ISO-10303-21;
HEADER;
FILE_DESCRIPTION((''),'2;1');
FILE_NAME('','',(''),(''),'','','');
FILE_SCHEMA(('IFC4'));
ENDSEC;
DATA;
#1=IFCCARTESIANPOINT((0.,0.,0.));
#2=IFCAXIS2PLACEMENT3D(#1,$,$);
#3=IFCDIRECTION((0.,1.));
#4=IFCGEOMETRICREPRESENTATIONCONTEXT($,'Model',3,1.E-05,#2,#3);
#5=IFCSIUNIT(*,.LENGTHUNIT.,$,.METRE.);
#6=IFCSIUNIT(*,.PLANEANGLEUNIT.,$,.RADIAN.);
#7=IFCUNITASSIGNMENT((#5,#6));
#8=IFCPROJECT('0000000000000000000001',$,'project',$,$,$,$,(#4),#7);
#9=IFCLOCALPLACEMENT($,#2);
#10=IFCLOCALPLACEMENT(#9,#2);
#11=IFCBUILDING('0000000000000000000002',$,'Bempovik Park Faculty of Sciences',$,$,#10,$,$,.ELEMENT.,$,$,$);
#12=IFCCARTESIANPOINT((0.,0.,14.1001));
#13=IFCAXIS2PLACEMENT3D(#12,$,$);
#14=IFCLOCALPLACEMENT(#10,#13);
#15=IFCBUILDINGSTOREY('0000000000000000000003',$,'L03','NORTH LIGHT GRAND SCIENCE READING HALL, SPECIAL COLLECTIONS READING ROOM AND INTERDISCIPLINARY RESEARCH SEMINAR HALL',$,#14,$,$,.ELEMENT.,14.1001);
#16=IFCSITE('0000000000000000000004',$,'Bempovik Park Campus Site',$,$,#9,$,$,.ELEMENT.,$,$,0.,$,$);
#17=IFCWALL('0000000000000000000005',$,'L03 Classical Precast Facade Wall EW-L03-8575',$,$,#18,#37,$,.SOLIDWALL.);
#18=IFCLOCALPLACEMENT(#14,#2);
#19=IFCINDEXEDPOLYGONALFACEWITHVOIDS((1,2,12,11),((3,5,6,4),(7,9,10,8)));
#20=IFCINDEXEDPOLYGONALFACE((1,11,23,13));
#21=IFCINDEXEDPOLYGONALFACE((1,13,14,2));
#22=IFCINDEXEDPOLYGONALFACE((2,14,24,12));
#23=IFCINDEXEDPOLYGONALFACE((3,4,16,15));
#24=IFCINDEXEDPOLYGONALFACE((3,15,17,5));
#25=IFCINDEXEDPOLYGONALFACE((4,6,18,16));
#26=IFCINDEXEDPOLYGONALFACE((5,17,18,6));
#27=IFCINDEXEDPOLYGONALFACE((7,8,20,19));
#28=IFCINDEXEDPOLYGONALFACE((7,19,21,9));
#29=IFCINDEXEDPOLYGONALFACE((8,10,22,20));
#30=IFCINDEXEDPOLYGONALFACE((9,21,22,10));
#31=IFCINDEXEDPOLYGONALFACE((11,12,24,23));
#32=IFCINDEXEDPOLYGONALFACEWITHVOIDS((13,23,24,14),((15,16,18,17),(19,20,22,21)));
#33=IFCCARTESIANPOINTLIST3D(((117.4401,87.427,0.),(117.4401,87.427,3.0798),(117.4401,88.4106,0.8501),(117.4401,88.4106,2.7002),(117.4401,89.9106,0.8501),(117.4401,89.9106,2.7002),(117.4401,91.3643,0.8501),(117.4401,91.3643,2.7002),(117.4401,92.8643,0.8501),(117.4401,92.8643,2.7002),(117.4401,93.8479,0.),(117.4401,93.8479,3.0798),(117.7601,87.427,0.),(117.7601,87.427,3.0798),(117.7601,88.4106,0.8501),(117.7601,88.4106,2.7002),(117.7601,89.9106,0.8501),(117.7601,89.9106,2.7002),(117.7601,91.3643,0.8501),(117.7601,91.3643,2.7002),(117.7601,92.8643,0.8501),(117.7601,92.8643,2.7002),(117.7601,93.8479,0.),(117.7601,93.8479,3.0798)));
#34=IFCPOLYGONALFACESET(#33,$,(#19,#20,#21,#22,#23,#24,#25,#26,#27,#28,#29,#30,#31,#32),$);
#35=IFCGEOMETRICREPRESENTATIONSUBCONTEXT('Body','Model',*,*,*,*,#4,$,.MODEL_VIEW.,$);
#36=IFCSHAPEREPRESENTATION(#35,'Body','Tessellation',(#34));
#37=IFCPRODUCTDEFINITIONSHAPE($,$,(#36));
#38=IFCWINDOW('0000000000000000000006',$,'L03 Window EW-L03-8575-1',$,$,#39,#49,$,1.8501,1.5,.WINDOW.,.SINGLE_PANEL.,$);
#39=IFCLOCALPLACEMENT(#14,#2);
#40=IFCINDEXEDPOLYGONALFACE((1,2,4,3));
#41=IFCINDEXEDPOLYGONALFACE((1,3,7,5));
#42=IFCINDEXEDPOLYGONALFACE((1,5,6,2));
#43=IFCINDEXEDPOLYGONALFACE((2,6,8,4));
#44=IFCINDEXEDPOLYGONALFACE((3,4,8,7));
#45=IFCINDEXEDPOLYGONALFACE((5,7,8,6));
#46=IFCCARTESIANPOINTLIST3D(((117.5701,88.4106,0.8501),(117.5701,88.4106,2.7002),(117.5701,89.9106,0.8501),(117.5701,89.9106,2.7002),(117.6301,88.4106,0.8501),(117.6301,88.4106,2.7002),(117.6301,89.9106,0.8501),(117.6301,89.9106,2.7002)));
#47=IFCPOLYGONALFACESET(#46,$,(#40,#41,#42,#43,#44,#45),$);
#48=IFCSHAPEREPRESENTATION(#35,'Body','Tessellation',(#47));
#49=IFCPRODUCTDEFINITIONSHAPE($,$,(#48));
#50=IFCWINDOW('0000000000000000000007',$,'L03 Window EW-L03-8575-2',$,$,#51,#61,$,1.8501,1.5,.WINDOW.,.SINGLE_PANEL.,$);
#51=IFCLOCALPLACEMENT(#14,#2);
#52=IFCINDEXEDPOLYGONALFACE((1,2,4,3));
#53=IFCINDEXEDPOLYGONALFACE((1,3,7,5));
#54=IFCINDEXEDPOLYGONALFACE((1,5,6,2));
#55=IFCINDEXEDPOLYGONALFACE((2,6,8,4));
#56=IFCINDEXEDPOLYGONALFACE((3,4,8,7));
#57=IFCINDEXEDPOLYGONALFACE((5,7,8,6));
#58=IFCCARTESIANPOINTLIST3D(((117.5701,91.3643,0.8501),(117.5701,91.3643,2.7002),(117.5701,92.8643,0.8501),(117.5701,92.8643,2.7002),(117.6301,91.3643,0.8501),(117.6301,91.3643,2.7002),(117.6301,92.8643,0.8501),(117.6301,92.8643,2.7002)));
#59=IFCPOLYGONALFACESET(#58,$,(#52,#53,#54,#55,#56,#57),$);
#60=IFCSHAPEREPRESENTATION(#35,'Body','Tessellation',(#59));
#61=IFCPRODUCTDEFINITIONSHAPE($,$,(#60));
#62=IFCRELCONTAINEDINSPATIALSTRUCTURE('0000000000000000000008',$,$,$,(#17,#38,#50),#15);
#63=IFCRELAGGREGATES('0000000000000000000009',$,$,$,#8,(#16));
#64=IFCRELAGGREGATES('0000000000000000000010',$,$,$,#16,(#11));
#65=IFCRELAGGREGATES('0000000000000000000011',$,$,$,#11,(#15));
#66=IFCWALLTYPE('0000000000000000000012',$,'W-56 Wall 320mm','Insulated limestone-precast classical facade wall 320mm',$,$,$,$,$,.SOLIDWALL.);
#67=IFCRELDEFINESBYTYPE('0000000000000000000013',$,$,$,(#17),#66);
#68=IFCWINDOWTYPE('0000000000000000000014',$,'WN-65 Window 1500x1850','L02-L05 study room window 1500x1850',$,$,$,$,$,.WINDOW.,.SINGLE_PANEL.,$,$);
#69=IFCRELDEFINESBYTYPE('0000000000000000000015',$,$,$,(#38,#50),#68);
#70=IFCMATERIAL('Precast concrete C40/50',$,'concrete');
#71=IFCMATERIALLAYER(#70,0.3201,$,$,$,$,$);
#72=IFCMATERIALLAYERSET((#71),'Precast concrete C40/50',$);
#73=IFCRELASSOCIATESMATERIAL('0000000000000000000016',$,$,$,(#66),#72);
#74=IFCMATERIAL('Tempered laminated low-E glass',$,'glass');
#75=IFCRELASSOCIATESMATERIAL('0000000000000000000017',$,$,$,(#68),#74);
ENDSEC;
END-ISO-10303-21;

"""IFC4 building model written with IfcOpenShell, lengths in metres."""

from ifc_helpers import new_model, si_unit, direction, frame, frame_2d, origin, place, context, subcontext, project, spatial, rectangle, extrude, material, layer, layer_set, type_object, element, fill, save


model = new_model("IFC4")

# Units and contexts
model_context = context("Model", 3, precision=1e-05, world=origin(), true_north=direction((0.0, 1.0)))
body_context = subcontext(model_context, "Body", "Model", "MODEL_VIEW")
ifc_project = project(units=[si_unit("LENGTHUNIT", "METRE"), si_unit("PLANEANGLEUNIT", "RADIAN")], contexts=[model_context])

# Site, building, storey
site_placement = place(None, origin())
site = spatial("IfcSite", under=ifc_project, at=site_placement, Name="Bempovik Park Campus Site", CompositionType="ELEMENT", RefElevation=0.0)
building_placement = place(site_placement, origin())
building = spatial("IfcBuilding", under=site, at=building_placement, Name="Bempovik Park Faculty of Sciences", CompositionType="ELEMENT")
storey_placement = place(building_placement, frame((0.0, 0.0, 14.1001)))
storey = spatial("IfcBuildingStorey", under=building, at=storey_placement, Name="L03", Description="NORTH LIGHT GRAND SCIENCE READING HALL, SPECIAL COLLECTIONS READING ROOM AND INTERDISCIPLINARY RESEARCH SEMINAR HALL", CompositionType="ELEMENT", Elevation=14.1001)

# Wall, openings, windows
ifc_material_1 = material(Name="Precast concrete C40/50", Category="concrete")
ifc_layer = layer(ifc_material_1, 0.3201)
ifc_layer_set = layer_set([ifc_layer], Name="Precast concrete C40/50")
wall_type = type_object("IfcWallType", Name="W-56 Wall 320mm", Description="Insulated limestone-precast classical facade wall 320mm", PredefinedType="SOLIDWALL", material=ifc_layer_set)
wall_placement = place(storey_placement, frame((117.6001, 87.427, 0.0), z_axis=(0.0, 0.0, 1.0), x_axis=(0.0, 1.0, 0.0)))
wall = element("IfcWall", 1, at=wall_placement, inside=storey, type_object=wall_type, Name="L03 Classical Precast Facade Wall EW-L03-8575", PredefinedType="SOLIDWALL", context=body_context, shape_type="SweptSolid", body=[
    extrude(rectangle(XDim=6.4209, YDim=0.3201, at=frame_2d((3.2104, 0.0))), origin(), (0.0, 0.0, 1.0), 3.0798),
])
opening_1_placement = place(wall_placement, frame((0.9836, 0.0, 0.8501)))
opening_1 = element("IfcOpeningElement", 2, at=opening_1_placement, cuts=wall, PredefinedType="OPENING", context=body_context, shape_type="SweptSolid", body=[
    extrude(rectangle(XDim=1.5, YDim=1.8501, at=frame_2d((0.75, 0.925))), frame((0.0, 0.1699, 0.0), z_axis=(0.0, -1.0, 0.0), x_axis=(1.0, 0.0, 0.0)), (0.0, 0.0, 1.0), 0.3401),
])
opening_2_placement = place(wall_placement, frame((3.9373, 0.0, 0.8501)))
opening_2 = element("IfcOpeningElement", 3, at=opening_2_placement, cuts=wall, PredefinedType="OPENING", context=body_context, shape_type="SweptSolid", body=[
    extrude(rectangle(XDim=1.5, YDim=1.8501, at=frame_2d((0.75, 0.925))), frame((0.0, 0.1699, 0.0), z_axis=(0.0, -1.0, 0.0), x_axis=(1.0, 0.0, 0.0)), (0.0, 0.0, 1.0), 0.3401),
])
ifc_material_2 = material(Name="Tempered laminated low-E glass", Category="glass")
window_type = type_object("IfcWindowType", Name="WN-65 Window 1500x1850", Description="L02-L05 study room window 1500x1850", PartitioningType="SINGLE_PANEL", PredefinedType="WINDOW", material=ifc_material_2)
window_1_placement = place(opening_1_placement, origin())
window_1 = element("IfcWindow", 4, at=window_1_placement, inside=storey, type_object=window_type, Name="L03 Window EW-L03-8575-1", OverallHeight=1.8501, OverallWidth=1.5, PartitioningType="SINGLE_PANEL", PredefinedType="WINDOW", context=body_context, shape_type="SweptSolid", body=[
    extrude(rectangle(XDim=1.5, YDim=1.8501, at=frame_2d((0.75, 0.925))), frame((0.0, 0.03, 0.0), z_axis=(0.0, -1.0, 0.0), x_axis=(1.0, 0.0, 0.0)), (0.0, 0.0, 1.0), 0.0601),
])
fill(opening_1, window_1)
window_2_placement = place(opening_2_placement, origin())
window_2 = element("IfcWindow", 5, at=window_2_placement, inside=storey, type_object=window_type, Name="L03 Window EW-L03-8575-2", OverallHeight=1.8501, OverallWidth=1.5, PartitioningType="SINGLE_PANEL", PredefinedType="WINDOW", context=body_context, shape_type="SweptSolid", body=[
    extrude(rectangle(XDim=1.5, YDim=1.8501, at=frame_2d((0.75, 0.925))), frame((0.0, 0.03, 0.0), z_axis=(0.0, -1.0, 0.0), x_axis=(1.0, 0.0, 0.0)), (0.0, 0.0, 1.0), 0.0601),
])
fill(opening_2, window_2)

save(model, "model.ifc")
